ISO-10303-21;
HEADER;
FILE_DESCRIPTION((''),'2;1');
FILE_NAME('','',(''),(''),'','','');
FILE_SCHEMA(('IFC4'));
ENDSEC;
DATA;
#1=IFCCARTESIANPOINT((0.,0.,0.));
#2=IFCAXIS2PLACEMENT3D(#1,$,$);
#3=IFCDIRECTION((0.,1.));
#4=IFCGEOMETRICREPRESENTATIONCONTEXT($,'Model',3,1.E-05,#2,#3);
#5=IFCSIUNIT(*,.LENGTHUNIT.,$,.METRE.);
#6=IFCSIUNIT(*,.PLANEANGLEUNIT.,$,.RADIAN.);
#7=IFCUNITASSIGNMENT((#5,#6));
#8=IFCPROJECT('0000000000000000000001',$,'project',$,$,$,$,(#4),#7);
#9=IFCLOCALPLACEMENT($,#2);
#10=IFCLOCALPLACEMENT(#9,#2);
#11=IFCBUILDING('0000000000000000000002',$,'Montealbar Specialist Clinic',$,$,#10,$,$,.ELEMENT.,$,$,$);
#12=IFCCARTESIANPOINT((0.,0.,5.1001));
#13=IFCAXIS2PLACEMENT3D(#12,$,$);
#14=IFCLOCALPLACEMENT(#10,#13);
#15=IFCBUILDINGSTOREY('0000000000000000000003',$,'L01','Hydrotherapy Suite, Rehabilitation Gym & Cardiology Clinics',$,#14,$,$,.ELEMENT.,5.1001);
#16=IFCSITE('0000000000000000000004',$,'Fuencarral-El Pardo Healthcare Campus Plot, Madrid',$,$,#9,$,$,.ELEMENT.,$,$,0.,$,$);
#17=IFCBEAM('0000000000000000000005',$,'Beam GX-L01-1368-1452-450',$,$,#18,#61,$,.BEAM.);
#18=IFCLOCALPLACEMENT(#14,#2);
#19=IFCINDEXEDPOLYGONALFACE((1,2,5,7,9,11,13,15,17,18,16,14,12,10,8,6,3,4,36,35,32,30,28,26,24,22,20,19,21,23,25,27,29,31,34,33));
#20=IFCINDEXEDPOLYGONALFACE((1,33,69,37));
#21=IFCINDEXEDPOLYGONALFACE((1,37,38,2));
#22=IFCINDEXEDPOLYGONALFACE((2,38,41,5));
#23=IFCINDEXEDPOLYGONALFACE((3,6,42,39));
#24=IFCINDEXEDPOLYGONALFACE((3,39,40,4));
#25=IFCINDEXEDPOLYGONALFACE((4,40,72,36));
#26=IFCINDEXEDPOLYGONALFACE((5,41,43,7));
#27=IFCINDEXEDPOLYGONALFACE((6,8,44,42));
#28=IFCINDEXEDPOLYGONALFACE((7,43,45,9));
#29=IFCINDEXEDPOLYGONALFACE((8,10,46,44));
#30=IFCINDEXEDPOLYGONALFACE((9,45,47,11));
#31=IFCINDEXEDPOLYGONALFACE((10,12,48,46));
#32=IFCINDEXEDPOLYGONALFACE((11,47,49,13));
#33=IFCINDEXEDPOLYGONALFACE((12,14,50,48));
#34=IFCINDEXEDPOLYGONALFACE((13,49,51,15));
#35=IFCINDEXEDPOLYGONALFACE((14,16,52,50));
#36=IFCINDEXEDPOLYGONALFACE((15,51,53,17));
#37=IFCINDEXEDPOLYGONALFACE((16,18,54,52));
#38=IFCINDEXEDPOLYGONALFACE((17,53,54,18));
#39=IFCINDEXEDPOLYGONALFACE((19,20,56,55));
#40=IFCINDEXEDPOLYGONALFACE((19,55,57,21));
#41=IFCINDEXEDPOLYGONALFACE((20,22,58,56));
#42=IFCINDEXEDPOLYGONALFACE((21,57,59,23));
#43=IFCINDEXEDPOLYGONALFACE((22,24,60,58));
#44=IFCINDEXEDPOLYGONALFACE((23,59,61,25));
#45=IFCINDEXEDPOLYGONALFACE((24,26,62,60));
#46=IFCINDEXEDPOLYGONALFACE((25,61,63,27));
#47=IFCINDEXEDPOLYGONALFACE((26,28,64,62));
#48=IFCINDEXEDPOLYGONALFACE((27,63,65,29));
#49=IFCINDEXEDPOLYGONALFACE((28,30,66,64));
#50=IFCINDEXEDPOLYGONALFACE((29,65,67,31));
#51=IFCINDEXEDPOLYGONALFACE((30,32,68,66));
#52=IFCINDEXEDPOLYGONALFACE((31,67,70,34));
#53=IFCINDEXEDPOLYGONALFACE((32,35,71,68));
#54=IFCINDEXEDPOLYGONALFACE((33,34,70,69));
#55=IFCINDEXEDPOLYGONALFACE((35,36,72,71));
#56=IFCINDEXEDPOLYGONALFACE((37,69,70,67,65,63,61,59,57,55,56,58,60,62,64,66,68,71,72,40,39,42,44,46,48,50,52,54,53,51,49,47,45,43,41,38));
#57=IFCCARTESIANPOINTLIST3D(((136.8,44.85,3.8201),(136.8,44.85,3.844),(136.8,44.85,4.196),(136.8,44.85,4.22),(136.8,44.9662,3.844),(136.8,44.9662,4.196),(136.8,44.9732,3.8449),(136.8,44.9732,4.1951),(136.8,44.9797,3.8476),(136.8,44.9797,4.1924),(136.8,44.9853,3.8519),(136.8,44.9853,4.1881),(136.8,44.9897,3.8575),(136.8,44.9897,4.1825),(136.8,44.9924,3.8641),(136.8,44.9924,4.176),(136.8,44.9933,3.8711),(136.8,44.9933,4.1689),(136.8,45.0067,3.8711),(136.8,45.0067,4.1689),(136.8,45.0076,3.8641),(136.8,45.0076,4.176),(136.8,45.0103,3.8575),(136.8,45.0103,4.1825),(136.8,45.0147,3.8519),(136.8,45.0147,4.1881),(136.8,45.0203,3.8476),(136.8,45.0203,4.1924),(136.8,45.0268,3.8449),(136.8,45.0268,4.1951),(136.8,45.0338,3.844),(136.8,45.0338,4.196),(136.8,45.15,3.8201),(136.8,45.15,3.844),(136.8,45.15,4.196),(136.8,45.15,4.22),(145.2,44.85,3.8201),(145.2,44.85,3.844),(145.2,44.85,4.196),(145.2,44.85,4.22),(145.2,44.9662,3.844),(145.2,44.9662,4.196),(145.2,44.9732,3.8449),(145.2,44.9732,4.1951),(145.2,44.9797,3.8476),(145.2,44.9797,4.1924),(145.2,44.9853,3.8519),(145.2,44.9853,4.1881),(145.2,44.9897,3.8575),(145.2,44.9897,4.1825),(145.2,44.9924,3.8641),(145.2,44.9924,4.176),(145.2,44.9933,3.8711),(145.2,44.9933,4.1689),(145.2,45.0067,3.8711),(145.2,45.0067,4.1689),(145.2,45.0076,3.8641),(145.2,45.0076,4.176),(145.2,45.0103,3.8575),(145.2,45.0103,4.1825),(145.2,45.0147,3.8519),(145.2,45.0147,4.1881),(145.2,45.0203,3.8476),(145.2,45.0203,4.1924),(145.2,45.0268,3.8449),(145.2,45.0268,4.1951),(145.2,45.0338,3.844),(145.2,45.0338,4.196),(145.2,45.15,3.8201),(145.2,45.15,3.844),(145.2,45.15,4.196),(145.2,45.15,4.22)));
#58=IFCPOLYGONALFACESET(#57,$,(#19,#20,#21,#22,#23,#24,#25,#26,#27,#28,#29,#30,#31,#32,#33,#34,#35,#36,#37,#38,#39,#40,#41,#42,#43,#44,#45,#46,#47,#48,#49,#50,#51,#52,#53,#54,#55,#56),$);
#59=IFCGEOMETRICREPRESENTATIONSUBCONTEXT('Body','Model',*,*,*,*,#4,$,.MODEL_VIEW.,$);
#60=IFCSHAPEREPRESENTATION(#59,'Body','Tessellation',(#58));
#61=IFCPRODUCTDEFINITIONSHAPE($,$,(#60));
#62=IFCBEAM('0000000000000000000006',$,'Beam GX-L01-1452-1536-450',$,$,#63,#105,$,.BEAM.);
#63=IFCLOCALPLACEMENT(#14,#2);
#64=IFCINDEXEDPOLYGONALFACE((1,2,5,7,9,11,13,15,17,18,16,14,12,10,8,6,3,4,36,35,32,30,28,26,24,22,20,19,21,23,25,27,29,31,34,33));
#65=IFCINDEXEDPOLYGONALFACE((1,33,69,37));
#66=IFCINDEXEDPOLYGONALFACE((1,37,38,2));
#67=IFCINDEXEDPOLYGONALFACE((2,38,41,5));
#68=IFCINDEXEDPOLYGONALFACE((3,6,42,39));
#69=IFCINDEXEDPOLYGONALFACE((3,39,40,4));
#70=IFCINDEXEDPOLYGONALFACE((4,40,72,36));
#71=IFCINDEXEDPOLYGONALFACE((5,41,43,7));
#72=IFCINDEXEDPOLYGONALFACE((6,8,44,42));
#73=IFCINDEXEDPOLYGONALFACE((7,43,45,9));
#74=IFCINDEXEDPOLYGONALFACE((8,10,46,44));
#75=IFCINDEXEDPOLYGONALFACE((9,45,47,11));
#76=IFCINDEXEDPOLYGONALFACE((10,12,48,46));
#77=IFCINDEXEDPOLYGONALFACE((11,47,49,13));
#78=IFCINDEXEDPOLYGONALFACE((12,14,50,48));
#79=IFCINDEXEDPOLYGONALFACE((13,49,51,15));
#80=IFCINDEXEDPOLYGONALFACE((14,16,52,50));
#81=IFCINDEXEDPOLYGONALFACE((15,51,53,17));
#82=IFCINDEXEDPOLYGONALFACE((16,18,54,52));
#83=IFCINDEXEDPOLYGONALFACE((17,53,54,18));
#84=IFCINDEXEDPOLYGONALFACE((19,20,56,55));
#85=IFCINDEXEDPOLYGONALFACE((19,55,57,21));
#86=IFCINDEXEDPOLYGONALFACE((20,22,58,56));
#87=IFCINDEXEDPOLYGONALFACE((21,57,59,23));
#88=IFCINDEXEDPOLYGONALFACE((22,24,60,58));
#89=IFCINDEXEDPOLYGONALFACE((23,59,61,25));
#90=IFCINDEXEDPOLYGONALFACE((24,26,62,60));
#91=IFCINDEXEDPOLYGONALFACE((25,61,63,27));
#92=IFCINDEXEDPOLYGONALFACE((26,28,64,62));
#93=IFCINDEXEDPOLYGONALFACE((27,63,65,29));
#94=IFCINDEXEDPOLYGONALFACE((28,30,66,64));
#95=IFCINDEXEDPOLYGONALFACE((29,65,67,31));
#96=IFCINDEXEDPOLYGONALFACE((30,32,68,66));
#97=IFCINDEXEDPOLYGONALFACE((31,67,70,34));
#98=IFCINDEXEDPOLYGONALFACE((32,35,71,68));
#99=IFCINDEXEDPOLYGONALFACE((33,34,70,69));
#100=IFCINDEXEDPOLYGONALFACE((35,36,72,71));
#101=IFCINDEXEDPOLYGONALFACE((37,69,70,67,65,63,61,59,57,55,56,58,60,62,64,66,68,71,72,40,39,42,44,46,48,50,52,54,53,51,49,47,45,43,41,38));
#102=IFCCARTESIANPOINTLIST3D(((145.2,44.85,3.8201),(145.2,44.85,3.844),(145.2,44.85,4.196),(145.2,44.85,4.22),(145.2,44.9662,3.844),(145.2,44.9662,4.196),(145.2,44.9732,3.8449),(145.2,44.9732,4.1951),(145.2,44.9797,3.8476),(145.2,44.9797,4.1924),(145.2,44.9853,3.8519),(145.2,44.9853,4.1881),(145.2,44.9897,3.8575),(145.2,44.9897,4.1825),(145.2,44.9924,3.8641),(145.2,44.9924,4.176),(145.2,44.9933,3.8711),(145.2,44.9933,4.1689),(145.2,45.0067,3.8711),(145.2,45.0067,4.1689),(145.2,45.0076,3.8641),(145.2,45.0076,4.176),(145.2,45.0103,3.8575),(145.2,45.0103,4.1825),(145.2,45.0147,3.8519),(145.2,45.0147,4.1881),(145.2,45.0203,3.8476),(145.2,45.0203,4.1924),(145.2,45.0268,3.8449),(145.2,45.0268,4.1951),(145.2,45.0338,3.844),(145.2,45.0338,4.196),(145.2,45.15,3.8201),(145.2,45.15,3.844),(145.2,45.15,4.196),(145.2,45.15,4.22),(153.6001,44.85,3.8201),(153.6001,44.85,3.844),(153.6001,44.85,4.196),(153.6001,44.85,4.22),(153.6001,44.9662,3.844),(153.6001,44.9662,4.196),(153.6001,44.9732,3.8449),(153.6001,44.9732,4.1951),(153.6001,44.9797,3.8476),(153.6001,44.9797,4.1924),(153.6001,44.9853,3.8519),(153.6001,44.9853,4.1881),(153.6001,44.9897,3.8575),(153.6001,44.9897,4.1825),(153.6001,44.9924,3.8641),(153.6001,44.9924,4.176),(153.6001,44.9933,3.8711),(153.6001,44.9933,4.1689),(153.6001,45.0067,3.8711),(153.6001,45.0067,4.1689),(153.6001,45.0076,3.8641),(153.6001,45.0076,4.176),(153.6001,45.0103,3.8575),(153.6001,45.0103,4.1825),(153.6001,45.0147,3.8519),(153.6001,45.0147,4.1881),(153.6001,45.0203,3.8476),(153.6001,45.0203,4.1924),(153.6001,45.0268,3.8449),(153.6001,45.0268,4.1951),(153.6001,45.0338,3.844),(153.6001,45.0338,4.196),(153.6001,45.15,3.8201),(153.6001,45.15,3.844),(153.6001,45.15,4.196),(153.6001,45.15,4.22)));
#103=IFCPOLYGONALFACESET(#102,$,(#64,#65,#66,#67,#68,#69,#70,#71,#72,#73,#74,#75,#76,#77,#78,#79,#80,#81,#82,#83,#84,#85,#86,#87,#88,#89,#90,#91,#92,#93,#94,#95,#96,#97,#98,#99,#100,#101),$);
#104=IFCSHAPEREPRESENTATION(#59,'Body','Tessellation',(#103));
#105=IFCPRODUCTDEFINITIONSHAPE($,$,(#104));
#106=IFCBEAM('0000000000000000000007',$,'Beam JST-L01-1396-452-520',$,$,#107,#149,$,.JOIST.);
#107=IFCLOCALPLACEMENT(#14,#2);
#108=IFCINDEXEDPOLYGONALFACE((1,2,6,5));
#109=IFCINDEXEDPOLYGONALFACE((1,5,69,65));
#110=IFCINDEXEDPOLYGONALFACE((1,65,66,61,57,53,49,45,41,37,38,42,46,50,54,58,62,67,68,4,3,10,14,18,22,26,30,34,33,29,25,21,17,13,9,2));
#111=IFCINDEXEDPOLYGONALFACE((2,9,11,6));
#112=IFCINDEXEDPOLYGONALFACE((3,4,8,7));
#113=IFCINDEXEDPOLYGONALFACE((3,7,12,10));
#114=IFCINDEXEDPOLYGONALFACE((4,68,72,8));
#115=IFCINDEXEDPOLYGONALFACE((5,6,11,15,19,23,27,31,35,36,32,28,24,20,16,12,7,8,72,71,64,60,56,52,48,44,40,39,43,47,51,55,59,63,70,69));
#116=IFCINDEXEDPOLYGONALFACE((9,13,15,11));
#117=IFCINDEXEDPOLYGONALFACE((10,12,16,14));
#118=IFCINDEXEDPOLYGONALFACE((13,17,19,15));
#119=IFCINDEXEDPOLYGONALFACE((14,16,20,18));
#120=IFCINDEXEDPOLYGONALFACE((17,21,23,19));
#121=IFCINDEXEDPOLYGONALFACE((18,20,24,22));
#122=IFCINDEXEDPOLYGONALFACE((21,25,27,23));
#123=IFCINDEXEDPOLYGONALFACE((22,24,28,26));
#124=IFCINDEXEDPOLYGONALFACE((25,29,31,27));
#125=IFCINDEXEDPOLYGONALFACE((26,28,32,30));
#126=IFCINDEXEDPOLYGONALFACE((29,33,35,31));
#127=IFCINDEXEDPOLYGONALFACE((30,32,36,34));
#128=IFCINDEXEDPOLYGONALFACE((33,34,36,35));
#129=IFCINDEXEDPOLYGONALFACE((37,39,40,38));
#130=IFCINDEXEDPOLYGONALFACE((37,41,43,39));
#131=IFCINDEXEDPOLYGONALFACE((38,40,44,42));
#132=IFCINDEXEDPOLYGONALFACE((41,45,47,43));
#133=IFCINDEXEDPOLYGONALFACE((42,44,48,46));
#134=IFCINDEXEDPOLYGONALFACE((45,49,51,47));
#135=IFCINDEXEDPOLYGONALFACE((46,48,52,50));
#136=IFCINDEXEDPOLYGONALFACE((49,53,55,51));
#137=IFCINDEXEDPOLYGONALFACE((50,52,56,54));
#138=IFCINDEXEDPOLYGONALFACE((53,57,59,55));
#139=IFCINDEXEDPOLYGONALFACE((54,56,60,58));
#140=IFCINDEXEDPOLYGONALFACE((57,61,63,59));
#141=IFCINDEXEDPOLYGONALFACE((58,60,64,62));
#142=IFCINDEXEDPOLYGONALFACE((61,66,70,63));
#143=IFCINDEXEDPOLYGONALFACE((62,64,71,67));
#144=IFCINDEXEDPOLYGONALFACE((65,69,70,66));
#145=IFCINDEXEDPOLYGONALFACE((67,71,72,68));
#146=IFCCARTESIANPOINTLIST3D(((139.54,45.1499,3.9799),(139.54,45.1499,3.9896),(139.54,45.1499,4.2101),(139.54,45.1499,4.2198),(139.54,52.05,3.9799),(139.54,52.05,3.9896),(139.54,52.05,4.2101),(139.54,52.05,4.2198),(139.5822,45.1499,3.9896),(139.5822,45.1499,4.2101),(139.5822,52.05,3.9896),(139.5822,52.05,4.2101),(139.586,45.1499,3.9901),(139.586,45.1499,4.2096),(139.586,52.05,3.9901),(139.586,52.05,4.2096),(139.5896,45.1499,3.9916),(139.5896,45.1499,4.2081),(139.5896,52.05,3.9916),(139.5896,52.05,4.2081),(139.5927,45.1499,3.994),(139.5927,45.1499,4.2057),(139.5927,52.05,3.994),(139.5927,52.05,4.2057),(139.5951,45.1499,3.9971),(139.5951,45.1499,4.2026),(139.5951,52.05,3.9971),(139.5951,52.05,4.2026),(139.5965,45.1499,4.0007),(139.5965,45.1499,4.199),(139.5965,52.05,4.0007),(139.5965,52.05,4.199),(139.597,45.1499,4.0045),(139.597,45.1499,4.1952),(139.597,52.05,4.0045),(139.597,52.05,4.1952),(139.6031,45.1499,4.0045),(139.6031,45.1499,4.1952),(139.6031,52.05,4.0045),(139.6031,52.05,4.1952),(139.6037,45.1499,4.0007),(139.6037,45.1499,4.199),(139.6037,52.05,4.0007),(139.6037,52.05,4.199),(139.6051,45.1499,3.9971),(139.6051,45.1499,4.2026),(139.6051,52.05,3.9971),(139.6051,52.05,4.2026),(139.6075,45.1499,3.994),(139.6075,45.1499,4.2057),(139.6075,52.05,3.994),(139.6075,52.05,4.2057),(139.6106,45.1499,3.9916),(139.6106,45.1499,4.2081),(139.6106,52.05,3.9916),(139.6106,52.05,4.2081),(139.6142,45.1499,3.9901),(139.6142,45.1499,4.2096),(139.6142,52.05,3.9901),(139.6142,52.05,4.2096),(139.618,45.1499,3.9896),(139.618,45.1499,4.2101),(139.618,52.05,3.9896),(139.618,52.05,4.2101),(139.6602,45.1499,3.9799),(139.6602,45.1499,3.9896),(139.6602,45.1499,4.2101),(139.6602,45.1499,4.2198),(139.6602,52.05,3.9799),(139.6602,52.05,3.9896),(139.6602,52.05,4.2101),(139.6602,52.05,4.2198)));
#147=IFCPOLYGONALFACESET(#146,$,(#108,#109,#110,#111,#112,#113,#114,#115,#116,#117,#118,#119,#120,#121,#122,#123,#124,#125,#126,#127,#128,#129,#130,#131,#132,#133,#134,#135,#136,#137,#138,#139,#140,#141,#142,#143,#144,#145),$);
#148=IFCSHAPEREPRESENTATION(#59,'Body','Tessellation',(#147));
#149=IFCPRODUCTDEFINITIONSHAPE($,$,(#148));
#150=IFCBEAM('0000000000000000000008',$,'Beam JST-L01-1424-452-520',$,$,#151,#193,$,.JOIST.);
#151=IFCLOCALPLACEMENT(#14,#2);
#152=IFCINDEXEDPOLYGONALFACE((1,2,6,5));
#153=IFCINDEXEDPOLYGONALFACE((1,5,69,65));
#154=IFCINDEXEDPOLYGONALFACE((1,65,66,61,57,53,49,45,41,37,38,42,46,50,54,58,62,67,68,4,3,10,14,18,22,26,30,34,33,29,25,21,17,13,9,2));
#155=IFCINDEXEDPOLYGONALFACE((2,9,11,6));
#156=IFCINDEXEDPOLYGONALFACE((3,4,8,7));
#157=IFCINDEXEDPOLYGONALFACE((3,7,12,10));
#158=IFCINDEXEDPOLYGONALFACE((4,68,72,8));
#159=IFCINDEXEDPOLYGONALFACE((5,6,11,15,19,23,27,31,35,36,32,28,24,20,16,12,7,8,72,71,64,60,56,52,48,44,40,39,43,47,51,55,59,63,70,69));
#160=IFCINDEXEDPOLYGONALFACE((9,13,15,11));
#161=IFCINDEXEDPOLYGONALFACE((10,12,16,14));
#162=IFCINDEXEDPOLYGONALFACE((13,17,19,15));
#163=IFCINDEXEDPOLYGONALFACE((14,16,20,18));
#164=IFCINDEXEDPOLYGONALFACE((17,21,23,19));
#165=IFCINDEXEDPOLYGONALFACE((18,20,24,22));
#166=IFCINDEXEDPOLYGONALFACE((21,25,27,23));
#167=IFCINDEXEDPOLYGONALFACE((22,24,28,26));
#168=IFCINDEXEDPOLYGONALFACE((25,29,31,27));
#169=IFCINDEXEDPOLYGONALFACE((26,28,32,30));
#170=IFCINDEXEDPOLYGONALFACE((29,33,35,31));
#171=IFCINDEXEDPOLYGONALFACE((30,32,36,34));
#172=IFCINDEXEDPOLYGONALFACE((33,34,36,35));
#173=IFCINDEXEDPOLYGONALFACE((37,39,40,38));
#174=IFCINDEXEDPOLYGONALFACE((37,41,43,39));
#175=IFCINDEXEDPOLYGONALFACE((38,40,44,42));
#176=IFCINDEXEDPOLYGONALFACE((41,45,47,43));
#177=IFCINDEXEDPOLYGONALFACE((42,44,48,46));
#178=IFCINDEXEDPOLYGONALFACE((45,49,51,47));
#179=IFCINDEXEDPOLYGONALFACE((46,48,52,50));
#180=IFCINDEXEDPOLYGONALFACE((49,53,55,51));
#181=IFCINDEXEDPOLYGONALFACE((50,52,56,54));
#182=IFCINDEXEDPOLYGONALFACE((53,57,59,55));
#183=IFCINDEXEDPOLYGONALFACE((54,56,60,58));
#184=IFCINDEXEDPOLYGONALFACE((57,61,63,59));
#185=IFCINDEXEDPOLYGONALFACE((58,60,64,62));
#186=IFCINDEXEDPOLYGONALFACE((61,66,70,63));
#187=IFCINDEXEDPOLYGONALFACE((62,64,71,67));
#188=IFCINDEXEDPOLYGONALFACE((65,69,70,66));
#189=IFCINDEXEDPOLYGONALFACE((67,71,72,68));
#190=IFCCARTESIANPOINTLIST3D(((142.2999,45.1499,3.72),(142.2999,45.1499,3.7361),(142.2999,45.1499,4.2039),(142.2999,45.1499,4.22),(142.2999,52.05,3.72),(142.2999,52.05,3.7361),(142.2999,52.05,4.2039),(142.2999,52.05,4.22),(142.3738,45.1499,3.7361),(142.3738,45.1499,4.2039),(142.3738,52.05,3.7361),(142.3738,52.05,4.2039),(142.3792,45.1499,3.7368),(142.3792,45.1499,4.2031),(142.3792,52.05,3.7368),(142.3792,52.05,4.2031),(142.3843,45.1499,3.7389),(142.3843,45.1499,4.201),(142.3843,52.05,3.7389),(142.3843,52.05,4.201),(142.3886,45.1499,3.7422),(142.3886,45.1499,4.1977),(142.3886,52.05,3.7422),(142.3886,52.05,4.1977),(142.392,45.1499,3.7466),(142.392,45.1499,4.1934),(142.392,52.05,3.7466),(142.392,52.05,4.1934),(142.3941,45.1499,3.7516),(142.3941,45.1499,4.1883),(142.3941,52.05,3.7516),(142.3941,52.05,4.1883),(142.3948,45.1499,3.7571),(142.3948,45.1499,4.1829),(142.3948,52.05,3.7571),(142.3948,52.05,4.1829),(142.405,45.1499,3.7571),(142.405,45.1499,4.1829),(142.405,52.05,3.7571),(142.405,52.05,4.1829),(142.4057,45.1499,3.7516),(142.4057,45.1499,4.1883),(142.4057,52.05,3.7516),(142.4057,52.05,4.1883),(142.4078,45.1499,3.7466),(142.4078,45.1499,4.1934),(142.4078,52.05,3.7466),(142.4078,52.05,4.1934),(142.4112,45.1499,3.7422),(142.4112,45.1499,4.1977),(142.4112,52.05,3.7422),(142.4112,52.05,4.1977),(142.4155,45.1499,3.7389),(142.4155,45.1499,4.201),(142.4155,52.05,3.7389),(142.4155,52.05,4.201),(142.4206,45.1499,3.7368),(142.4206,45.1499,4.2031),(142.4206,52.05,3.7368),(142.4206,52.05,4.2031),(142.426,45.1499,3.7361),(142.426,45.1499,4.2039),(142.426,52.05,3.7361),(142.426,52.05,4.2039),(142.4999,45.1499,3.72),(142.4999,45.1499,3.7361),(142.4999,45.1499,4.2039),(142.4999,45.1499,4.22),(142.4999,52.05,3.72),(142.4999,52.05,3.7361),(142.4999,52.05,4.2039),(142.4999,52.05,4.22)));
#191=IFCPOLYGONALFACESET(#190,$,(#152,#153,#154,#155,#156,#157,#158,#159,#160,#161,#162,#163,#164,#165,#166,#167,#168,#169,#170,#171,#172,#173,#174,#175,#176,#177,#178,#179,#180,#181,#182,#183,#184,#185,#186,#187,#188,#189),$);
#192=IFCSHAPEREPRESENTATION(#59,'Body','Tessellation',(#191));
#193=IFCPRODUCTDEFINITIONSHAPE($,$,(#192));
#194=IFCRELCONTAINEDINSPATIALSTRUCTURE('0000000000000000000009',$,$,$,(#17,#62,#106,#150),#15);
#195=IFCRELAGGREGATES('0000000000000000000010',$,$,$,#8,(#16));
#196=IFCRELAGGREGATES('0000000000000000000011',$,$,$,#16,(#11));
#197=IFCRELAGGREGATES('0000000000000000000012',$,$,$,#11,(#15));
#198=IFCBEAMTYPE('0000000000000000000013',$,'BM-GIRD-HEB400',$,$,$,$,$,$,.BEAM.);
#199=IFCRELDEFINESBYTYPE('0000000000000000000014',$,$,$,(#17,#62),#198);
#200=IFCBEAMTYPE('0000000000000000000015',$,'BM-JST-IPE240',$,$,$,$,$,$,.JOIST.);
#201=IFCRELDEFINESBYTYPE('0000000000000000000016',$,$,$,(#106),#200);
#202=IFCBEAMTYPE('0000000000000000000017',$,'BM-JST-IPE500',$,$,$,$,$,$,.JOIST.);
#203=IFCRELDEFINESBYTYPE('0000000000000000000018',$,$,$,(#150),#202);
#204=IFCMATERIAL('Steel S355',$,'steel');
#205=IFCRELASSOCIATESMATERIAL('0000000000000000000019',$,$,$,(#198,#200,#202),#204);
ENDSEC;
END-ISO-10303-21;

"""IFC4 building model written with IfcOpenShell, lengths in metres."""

from ifc_helpers import new_model, si_unit, direction, frame, origin, origin_2d, place, context, subcontext, project, spatial, i_section, extrude, material, material_profile, profile_set, type_object, element, save


model = new_model("IFC4")

# Units and contexts
model_context = context("Model", 3, precision=1e-05, world=origin(), true_north=direction((0.0, 1.0)))
body_context = subcontext(model_context, "Body", "Model", "MODEL_VIEW")
ifc_project = project(units=[si_unit("LENGTHUNIT", "METRE"), si_unit("PLANEANGLEUNIT", "RADIAN")], contexts=[model_context])

# Site, building, storey
site_placement = place(None, origin())
site = spatial("IfcSite", under=ifc_project, at=site_placement, Name="Fuencarral-El Pardo Healthcare Campus Plot, Madrid", CompositionType="ELEMENT", RefElevation=0.0)
building_placement = place(site_placement, origin())
building = spatial("IfcBuilding", under=site, at=building_placement, Name="Montealbar Specialist Clinic", CompositionType="ELEMENT")
storey_placement = place(building_placement, frame((0.0, 0.0, 5.1001)))
storey = spatial("IfcBuildingStorey", under=building, at=storey_placement, Name="L01", Description="Hydrotherapy Suite, Rehabilitation Gym & Cardiology Clinics", CompositionType="ELEMENT", Elevation=5.1001)

# Shared definitions
ifc_material_1 = material(Name="Steel S355", Category="steel")

# Beams
ifc_material_profile_1 = material_profile(ifc_material_1, i_section(OverallWidth=0.3, OverallDepth=0.3999, WebThickness=0.0134, FlangeThickness=0.0239, FilletRadius=0.0271, at=origin_2d()), Name="HEB 400", Category="steel")
ifc_profile_set_1 = profile_set([ifc_material_profile_1], Name="Steel S355")
beam_type_1 = type_object("IfcBeamType", Name="BM-GIRD-HEB400", PredefinedType="BEAM", material=ifc_profile_set_1)
beam_1_placement = place(storey_placement, frame((136.8, 45.0, 4.02), z_axis=(1.0, 0.0, 0.0), x_axis=(0.0, 1.0, 0.0)))
element("IfcBeam", 1, at=beam_1_placement, inside=storey, type_object=beam_type_1, Name="Beam GX-L01-1368-1452-450", PredefinedType="BEAM", context=body_context, shape_type="SweptSolid", body=[
    extrude(i_section(OverallWidth=0.3, OverallDepth=0.3999, WebThickness=0.0134, FlangeThickness=0.0239, FilletRadius=0.0271, at=origin_2d()), origin(), (0.0, 0.0, 1.0), 8.3999),
])
beam_2_placement = place(storey_placement, frame((145.2, 45.0, 4.02), z_axis=(1.0, 0.0, 0.0), x_axis=(0.0, 1.0, 0.0)))
element("IfcBeam", 2, at=beam_2_placement, inside=storey, type_object=beam_type_1, Name="Beam GX-L01-1452-1536-450", PredefinedType="BEAM", context=body_context, shape_type="SweptSolid", body=[
    extrude(i_section(OverallWidth=0.3, OverallDepth=0.3999, WebThickness=0.0134, FlangeThickness=0.0239, FilletRadius=0.0271, at=origin_2d()), origin(), (0.0, 0.0, 1.0), 8.4001),
])
ifc_material_profile_2 = material_profile(ifc_material_1, i_section(OverallWidth=0.1201, OverallDepth=0.24, WebThickness=0.0061, FlangeThickness=0.0098, FilletRadius=0.0149, at=origin_2d()), Name="IPE 240", Category="steel")
ifc_profile_set_2 = profile_set([ifc_material_profile_2], Name="Steel S355")
beam_type_2 = type_object("IfcBeamType", Name="BM-JST-IPE240", PredefinedType="JOIST", material=ifc_profile_set_2)
beam_3_placement = place(storey_placement, frame((139.6001, 45.1499, 4.0999), z_axis=(0.0, 1.0, 0.0), x_axis=(-1.0, 0.0, 0.0)))
element("IfcBeam", 3, at=beam_3_placement, inside=storey, type_object=beam_type_2, Name="Beam JST-L01-1396-452-520", PredefinedType="JOIST", context=body_context, shape_type="SweptSolid", body=[
    extrude(i_section(OverallWidth=0.1201, OverallDepth=0.24, WebThickness=0.0061, FlangeThickness=0.0098, FilletRadius=0.0149, at=origin_2d()), origin(), (0.0, 0.0, 1.0), 6.9001),
])
ifc_material_profile_3 = material_profile(ifc_material_1, i_section(OverallWidth=0.2, OverallDepth=0.5, WebThickness=0.0103, FlangeThickness=0.0161, FilletRadius=0.021, at=origin_2d()), Name="IPE 500", Category="steel")
ifc_profile_set_3 = profile_set([ifc_material_profile_3], Name="Steel S355")
beam_type_3 = type_object("IfcBeamType", Name="BM-JST-IPE500", PredefinedType="JOIST", material=ifc_profile_set_3)
beam_4_placement = place(storey_placement, frame((142.3999, 45.1499, 3.97), z_axis=(0.0, 1.0, 0.0), x_axis=(-1.0, 0.0, 0.0)))
element("IfcBeam", 4, at=beam_4_placement, inside=storey, type_object=beam_type_3, Name="Beam JST-L01-1424-452-520", PredefinedType="JOIST", context=body_context, shape_type="SweptSolid", body=[
    extrude(i_section(OverallWidth=0.2, OverallDepth=0.5, WebThickness=0.0103, FlangeThickness=0.0161, FilletRadius=0.021, at=origin_2d()), origin(), (0.0, 0.0, 1.0), 6.9001),
])

save(model, "model.ifc")
